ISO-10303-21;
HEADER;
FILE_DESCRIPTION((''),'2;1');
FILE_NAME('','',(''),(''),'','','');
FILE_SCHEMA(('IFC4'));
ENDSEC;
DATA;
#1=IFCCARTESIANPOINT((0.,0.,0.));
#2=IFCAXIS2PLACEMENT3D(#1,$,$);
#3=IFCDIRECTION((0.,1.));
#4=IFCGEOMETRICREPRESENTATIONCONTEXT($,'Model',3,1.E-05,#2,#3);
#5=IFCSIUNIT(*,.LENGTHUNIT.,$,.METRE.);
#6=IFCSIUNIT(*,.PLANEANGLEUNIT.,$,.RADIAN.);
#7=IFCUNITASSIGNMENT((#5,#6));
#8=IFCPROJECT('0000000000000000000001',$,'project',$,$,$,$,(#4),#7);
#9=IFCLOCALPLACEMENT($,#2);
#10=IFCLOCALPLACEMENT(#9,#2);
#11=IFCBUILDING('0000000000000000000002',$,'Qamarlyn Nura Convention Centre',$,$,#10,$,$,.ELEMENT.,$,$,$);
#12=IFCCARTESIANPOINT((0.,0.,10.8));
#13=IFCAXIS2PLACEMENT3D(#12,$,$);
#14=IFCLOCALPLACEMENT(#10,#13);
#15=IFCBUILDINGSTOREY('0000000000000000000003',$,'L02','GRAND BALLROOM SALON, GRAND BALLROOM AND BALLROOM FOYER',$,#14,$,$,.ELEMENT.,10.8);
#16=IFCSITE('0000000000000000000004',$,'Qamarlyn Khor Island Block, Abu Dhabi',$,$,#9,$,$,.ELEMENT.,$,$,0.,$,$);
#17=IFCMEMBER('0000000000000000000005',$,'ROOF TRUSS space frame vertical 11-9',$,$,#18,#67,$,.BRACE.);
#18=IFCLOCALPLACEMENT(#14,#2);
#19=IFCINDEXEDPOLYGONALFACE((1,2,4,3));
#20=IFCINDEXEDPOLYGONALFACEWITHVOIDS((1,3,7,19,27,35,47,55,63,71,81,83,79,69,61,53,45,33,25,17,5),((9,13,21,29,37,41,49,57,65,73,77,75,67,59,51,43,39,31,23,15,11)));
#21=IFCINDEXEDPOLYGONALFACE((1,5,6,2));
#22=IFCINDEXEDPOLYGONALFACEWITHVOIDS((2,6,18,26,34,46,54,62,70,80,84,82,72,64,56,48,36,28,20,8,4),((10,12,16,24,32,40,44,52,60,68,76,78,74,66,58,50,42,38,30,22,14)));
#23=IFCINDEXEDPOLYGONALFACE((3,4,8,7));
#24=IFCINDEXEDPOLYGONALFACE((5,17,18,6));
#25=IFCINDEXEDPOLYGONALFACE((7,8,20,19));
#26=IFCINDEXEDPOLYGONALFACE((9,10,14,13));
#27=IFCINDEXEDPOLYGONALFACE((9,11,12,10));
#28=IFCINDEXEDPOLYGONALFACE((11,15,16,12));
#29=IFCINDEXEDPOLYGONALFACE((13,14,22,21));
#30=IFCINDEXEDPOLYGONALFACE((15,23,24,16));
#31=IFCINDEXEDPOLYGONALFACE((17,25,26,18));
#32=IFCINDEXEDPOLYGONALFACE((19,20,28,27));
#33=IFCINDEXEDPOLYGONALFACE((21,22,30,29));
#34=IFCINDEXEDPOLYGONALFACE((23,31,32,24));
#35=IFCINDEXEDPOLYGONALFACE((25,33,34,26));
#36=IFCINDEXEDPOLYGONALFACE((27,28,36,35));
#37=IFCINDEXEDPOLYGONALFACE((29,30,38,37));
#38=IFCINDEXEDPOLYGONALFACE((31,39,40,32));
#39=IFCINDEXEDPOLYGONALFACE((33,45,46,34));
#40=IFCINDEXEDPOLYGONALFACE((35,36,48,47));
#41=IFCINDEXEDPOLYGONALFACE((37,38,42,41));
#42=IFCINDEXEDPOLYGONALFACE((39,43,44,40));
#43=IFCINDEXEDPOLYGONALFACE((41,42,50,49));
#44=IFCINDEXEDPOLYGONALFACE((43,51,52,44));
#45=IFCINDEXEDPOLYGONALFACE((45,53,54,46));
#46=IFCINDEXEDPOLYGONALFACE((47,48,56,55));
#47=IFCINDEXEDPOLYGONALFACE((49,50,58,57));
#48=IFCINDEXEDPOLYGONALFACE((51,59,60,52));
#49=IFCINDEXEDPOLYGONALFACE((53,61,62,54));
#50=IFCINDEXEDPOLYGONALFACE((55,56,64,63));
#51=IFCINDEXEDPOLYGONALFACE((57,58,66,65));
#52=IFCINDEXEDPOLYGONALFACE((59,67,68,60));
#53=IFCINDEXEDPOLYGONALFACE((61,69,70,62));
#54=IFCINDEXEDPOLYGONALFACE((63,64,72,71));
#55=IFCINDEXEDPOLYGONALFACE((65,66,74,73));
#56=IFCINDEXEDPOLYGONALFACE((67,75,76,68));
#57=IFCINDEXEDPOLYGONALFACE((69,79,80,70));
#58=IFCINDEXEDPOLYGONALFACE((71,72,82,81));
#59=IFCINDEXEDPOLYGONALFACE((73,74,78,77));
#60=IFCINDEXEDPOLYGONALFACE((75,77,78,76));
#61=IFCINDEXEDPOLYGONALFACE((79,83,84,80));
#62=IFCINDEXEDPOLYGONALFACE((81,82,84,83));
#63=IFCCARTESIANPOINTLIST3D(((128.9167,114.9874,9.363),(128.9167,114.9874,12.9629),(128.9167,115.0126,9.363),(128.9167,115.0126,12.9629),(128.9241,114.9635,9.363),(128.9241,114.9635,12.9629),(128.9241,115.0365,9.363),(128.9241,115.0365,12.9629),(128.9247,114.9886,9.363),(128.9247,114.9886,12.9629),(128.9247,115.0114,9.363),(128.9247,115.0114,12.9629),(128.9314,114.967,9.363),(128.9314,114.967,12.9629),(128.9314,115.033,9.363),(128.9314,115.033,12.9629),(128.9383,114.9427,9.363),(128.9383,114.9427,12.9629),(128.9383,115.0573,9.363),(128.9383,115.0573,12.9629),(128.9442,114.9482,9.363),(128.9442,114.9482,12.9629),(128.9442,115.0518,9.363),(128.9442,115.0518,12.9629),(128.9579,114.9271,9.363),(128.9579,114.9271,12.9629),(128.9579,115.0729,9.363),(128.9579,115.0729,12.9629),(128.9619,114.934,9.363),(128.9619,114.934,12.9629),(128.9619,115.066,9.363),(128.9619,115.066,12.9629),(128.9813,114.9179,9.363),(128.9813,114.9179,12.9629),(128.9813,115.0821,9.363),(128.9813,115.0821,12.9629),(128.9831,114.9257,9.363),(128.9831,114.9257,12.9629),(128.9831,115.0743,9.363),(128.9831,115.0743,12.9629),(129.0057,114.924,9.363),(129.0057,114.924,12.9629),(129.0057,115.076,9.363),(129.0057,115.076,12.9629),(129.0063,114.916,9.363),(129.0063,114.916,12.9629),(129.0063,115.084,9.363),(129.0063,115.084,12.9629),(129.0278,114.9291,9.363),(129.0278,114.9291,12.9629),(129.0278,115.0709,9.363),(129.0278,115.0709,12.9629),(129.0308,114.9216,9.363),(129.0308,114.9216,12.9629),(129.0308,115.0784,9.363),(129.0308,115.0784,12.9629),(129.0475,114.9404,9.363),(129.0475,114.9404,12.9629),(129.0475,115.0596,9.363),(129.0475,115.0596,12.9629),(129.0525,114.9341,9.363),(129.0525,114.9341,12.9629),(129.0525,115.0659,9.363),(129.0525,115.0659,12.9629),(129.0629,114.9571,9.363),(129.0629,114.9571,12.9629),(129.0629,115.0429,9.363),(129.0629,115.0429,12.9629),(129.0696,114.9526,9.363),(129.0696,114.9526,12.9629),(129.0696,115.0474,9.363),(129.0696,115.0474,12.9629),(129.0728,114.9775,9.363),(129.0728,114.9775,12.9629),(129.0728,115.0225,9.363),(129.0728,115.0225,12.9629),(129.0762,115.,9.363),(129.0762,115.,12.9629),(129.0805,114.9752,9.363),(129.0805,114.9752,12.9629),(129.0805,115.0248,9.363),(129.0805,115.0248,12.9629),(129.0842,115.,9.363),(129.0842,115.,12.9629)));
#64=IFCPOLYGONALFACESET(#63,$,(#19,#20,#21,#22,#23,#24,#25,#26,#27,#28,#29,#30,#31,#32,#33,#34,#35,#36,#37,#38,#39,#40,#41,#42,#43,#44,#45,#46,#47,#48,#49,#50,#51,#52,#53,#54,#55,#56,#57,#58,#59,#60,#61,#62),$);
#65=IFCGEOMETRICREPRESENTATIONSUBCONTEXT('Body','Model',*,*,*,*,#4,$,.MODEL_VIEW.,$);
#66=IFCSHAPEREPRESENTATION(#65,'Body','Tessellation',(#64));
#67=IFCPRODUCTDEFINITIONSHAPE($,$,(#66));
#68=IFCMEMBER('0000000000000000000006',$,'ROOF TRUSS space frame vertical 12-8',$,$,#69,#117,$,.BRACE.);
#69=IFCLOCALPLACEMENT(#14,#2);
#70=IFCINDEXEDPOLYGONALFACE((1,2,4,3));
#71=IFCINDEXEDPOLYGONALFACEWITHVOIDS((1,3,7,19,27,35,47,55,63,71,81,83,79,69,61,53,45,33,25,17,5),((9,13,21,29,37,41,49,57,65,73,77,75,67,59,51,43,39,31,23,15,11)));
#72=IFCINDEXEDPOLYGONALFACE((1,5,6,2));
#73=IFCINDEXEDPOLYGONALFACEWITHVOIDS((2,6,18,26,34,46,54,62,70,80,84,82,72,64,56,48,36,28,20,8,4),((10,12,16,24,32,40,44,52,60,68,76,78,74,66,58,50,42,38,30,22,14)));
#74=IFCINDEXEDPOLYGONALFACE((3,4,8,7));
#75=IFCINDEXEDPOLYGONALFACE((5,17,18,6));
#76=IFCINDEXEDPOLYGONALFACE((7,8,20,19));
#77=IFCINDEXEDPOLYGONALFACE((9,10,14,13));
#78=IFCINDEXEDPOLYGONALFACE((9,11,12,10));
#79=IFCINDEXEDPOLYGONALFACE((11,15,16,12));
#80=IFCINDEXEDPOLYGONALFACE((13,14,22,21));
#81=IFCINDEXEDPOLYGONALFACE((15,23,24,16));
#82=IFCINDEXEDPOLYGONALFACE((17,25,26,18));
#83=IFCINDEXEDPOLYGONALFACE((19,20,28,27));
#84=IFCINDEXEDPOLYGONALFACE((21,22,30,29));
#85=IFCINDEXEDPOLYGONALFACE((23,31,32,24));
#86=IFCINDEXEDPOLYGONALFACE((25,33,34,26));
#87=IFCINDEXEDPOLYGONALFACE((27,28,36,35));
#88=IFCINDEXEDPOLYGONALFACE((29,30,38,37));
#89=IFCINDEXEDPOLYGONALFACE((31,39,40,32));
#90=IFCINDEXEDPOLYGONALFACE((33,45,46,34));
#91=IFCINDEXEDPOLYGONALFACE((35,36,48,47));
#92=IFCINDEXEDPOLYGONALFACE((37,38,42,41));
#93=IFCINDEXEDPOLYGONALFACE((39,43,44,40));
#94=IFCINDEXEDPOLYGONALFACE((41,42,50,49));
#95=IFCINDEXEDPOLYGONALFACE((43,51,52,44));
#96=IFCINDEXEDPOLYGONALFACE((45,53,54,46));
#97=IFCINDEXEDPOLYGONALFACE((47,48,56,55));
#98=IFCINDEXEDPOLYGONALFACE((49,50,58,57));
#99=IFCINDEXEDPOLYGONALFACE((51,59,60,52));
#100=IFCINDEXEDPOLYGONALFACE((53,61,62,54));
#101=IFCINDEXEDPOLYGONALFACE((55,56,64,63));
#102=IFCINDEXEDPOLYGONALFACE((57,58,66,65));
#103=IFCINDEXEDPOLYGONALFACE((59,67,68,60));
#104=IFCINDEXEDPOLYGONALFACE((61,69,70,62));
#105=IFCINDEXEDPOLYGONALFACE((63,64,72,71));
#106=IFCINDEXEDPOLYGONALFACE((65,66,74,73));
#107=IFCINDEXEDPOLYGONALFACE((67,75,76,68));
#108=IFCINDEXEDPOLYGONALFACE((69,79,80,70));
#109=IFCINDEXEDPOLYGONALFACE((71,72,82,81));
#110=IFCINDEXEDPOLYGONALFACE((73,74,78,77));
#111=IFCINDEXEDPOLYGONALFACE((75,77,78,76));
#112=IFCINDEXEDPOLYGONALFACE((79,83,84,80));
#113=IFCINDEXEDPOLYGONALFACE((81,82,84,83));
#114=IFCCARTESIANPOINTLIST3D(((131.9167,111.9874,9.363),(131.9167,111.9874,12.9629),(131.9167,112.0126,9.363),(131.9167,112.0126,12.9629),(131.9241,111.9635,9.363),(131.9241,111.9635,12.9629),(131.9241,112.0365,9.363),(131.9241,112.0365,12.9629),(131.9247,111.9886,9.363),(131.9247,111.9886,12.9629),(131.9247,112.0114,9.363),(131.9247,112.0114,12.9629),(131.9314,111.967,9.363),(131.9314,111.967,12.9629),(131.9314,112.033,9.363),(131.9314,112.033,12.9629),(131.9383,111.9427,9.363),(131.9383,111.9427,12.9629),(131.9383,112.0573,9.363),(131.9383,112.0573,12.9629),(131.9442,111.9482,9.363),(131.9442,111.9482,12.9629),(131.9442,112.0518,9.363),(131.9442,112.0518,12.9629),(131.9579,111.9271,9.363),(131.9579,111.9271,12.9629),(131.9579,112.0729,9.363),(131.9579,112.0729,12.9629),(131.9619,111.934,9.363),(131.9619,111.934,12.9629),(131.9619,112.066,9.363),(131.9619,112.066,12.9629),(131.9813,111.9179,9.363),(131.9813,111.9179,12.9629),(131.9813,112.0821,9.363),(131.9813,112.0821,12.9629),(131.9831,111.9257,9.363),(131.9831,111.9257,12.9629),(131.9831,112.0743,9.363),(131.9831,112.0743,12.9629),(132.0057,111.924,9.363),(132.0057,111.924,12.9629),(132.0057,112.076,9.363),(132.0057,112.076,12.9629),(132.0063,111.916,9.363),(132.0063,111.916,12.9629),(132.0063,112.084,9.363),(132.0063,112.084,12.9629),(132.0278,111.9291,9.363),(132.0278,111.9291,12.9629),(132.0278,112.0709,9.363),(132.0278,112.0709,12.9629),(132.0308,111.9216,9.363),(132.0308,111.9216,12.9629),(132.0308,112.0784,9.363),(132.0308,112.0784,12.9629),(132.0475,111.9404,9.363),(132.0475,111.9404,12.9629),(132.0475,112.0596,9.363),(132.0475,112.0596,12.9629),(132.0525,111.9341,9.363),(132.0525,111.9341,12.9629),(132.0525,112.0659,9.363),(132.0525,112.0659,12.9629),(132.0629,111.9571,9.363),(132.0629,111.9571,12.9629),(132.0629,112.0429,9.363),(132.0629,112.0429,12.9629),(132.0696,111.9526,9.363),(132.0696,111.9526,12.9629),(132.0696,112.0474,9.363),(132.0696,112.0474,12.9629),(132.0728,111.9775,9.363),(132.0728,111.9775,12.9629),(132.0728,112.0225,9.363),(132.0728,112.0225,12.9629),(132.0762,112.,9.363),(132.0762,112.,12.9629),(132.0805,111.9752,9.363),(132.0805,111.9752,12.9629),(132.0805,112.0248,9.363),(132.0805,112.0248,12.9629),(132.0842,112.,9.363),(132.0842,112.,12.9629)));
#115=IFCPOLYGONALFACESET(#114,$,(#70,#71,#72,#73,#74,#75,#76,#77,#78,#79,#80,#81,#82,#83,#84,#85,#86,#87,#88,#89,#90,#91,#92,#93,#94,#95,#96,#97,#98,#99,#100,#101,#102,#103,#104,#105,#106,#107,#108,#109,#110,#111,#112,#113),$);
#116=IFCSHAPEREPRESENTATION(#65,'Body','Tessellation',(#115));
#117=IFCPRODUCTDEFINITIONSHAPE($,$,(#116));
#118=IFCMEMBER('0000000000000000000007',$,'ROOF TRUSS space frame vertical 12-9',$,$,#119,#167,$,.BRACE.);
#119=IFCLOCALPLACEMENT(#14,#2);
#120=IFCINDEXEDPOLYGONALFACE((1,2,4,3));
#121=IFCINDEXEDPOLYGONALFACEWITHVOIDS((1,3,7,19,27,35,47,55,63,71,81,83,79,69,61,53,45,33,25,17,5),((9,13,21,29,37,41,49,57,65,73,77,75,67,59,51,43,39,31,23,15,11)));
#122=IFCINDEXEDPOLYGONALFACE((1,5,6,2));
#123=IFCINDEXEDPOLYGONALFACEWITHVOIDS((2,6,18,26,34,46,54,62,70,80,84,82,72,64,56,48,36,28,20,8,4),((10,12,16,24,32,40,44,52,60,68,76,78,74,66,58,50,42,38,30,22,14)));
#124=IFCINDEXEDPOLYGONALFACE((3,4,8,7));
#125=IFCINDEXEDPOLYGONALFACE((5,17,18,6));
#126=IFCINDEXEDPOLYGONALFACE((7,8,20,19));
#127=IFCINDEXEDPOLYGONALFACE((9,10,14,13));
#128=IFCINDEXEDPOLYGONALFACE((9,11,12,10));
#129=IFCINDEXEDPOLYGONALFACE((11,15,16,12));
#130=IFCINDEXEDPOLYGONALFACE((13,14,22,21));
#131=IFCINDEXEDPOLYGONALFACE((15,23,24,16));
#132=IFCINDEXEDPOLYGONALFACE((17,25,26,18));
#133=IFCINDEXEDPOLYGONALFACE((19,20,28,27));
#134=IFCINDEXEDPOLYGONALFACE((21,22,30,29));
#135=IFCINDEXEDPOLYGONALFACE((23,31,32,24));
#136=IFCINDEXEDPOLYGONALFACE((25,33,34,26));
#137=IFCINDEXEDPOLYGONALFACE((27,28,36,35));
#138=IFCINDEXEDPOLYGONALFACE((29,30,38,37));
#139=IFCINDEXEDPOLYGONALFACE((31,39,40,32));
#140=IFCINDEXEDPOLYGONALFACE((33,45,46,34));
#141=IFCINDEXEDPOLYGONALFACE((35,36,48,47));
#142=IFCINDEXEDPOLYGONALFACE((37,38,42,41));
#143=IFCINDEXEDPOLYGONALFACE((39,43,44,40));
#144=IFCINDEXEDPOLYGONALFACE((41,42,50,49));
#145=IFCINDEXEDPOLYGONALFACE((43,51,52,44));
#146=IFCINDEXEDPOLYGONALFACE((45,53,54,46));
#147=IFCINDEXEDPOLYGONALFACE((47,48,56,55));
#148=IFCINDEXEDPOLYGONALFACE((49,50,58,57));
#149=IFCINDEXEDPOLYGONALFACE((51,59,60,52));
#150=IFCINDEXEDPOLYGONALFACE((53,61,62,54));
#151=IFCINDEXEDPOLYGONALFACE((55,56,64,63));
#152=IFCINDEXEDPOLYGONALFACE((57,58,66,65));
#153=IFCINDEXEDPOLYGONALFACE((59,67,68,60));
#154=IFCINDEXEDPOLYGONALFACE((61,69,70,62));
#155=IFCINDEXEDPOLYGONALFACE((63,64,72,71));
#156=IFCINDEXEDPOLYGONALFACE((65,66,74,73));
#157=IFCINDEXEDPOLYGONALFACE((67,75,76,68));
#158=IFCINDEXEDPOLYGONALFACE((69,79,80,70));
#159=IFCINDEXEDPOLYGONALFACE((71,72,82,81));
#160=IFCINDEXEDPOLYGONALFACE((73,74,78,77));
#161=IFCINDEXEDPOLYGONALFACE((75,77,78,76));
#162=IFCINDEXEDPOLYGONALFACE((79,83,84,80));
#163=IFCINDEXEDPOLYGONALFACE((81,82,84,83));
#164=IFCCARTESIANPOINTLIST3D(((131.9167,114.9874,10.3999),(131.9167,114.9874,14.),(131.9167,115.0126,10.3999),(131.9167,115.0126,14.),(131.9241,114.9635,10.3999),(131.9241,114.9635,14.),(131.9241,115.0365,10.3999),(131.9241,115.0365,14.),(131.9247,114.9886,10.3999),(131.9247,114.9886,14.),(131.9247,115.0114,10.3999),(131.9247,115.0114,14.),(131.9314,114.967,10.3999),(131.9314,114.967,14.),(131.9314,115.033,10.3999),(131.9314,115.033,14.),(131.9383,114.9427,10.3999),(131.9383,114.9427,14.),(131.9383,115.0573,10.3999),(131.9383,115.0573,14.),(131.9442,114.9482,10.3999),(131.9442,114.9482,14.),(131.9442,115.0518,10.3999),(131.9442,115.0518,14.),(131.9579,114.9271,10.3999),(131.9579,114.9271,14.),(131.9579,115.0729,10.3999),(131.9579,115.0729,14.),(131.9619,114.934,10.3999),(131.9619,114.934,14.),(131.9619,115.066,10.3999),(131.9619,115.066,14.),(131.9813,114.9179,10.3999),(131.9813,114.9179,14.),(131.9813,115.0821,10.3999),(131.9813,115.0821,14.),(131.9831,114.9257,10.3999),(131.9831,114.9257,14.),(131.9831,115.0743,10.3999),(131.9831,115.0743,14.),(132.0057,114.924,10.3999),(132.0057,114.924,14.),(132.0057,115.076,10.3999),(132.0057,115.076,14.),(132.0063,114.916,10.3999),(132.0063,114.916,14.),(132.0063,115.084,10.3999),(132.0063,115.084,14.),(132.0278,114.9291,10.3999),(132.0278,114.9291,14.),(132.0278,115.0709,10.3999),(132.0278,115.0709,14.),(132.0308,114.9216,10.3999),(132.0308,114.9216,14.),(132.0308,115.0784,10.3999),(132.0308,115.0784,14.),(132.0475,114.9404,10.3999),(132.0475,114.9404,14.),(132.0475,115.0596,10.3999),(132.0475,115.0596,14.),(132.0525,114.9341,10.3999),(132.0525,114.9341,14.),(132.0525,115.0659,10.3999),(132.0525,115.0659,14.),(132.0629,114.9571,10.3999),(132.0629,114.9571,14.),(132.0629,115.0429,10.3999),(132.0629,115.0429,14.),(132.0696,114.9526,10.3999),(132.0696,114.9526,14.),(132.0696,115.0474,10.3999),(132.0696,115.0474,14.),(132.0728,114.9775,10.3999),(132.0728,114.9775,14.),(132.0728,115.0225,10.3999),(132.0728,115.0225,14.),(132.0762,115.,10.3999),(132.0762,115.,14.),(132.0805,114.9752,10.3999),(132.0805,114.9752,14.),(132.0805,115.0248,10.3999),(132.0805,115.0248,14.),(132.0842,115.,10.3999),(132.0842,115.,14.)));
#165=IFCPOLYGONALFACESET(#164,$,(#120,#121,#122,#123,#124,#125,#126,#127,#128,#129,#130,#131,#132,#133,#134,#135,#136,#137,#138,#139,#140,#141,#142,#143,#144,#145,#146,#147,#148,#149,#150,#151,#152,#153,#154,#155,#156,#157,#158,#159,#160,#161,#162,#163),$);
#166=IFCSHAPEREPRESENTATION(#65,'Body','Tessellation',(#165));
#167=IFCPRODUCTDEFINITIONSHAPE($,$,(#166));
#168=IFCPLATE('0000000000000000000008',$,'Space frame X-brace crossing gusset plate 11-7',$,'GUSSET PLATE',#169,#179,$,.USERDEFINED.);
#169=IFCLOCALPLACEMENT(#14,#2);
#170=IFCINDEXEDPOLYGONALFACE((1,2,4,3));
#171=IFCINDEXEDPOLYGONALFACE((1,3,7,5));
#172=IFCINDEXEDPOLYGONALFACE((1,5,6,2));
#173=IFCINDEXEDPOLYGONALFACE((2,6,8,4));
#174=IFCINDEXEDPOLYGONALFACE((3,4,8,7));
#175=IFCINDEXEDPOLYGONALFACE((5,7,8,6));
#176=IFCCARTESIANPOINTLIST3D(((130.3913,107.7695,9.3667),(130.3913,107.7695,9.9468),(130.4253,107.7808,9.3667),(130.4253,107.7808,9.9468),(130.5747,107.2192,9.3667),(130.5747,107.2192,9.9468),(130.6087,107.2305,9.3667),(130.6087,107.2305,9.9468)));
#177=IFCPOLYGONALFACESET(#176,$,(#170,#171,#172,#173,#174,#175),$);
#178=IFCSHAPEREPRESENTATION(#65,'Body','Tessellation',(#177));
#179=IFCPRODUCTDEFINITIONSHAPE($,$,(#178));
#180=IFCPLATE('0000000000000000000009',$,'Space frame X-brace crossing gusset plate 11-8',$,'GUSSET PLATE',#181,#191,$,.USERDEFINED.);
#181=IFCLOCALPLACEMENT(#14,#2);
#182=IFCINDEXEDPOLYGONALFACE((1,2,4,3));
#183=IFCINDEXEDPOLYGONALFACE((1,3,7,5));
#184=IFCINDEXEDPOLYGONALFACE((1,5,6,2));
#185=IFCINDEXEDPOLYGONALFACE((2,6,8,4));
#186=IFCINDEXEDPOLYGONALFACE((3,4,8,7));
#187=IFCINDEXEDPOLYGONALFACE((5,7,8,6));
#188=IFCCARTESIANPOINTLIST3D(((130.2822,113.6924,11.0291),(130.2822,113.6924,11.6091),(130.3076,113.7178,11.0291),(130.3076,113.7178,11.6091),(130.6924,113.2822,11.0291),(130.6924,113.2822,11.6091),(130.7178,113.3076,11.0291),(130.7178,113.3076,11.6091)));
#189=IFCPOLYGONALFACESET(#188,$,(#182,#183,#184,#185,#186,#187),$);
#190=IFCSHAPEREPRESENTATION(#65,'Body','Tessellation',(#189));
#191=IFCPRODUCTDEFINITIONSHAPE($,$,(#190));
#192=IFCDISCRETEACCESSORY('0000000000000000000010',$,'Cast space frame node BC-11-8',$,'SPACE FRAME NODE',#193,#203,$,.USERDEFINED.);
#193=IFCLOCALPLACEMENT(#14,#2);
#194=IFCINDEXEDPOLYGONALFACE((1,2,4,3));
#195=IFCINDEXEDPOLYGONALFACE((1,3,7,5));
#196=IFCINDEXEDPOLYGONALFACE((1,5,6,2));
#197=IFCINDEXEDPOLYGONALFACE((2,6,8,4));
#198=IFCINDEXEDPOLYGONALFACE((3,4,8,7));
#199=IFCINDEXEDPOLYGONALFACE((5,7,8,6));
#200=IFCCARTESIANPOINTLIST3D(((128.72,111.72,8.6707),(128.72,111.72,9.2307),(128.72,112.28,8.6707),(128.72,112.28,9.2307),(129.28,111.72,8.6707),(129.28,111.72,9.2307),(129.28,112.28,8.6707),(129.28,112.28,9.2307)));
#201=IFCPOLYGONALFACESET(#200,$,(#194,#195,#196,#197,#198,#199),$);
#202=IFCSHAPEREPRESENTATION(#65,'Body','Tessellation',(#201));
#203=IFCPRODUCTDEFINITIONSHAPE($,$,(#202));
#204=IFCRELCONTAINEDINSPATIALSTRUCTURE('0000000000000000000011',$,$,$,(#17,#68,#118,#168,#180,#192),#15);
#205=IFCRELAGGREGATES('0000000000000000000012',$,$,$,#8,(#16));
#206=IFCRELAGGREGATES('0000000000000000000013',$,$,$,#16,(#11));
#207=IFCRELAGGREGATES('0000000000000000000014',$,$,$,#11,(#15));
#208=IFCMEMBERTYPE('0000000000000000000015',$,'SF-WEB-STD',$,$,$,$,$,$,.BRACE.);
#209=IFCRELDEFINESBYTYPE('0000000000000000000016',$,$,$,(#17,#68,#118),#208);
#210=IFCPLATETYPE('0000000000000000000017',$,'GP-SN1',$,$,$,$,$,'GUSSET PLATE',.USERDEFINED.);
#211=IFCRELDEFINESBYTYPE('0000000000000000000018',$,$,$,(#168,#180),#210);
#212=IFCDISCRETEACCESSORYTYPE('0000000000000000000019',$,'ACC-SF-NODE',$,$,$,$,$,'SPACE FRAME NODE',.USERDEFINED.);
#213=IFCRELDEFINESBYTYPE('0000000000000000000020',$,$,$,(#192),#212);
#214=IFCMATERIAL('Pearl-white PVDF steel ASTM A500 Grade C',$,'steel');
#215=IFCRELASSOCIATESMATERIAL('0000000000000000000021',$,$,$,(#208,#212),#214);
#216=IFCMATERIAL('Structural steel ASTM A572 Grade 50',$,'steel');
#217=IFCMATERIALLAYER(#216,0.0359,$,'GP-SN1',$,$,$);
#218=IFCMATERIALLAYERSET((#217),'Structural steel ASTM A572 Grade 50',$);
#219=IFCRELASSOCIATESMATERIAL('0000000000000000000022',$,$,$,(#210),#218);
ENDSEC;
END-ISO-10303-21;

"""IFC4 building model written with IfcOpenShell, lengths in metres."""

from ifc_helpers import new_model, si_unit, direction, frame, origin, origin_2d, place, context, subcontext, project, spatial, rectangle, hollow_circle, extrude, material, layer, layer_set, material_profile, profile_set, type_object, element, save


model = new_model("IFC4")

# Units and contexts
model_context = context("Model", 3, precision=1e-05, world=origin(), true_north=direction((0.0, 1.0)))
body_context = subcontext(model_context, "Body", "Model", "MODEL_VIEW")
ifc_project = project(units=[si_unit("LENGTHUNIT", "METRE"), si_unit("PLANEANGLEUNIT", "RADIAN")], contexts=[model_context])

# Site, building, storey
site_placement = place(None, origin())
site = spatial("IfcSite", under=ifc_project, at=site_placement, Name="Qamarlyn Khor Island Block, Abu Dhabi", CompositionType="ELEMENT", RefElevation=0.0)
building_placement = place(site_placement, origin())
building = spatial("IfcBuilding", under=site, at=building_placement, Name="Qamarlyn Nura Convention Centre", CompositionType="ELEMENT")
storey_placement = place(building_placement, frame((0.0, 0.0, 10.8)))
storey = spatial("IfcBuildingStorey", under=building, at=storey_placement, Name="L02", Description="GRAND BALLROOM SALON, GRAND BALLROOM AND BALLROOM FOYER", CompositionType="ELEMENT", Elevation=10.8)

# Members
ifc_material_1 = material(Name="Pearl-white PVDF steel ASTM A500 Grade C", Category="steel")
ifc_material_profile_1 = material_profile(ifc_material_1, hollow_circle(Radius=0.0842, WallThickness=0.0081, at=origin_2d()), Name="CHS168.3X8")
ifc_profile_set_1 = profile_set([ifc_material_profile_1], Name="Pearl-white PVDF steel ASTM A500 Grade C")
member_type_1 = type_object("IfcMemberType", Name="SF-WEB-STD", PredefinedType="BRACE", material=ifc_profile_set_1)
for number, where, z_axis, x_axis, name in (
    (1, (129.0, 115.0, 9.363), (0.0, 0.0, 1.0), (1.0, 0.0, 0.0), "ROOF TRUSS space frame vertical 11-9"),
    (2, (132.0, 112.0, 9.363), (0.0, 0.0, 1.0), (1.0, 0.0, 0.0), "ROOF TRUSS space frame vertical 12-8"),
):
    element("IfcMember", number, at=place(storey_placement, frame(where, z_axis=z_axis, x_axis=x_axis)), inside=storey, type_object=member_type_1, Name=name, PredefinedType="BRACE", context=body_context, shape_type="SweptSolid", body=[
        extrude(hollow_circle(Radius=0.0842, WallThickness=0.0081, at=origin_2d()), origin(), (0.0, 0.0, 1.0), 3.5999),
    ])
member_1_placement = place(storey_placement, frame((132.0, 115.0, 10.3999), z_axis=(0.0, 0.0, 1.0), x_axis=(1.0, 0.0, 0.0)))
element("IfcMember", 3, at=member_1_placement, inside=storey, type_object=member_type_1, Name="ROOF TRUSS space frame vertical 12-9", PredefinedType="BRACE", context=body_context, shape_type="SweptSolid", body=[
    extrude(hollow_circle(Radius=0.0842, WallThickness=0.0081, at=origin_2d()), origin(), (0.0, 0.0, 1.0), 3.6001),
])

# Plates
ifc_material_2 = material(Name="Structural steel ASTM A572 Grade 50", Category="steel")
ifc_layer = layer(ifc_material_2, 0.0359, Name="GP-SN1")
ifc_layer_set = layer_set([ifc_layer], Name="Structural steel ASTM A572 Grade 50")
plate_type = type_object("IfcPlateType", Name="GP-SN1", ElementType="GUSSET PLATE", PredefinedType="USERDEFINED", material=ifc_layer_set)
for number, where, z_axis, x_axis, name in (
    (4, (130.5, 107.5, 9.3667), (0.0, 0.0, 1.0), (-0.316227, 0.948684, 0.0), "Space frame X-brace crossing gusset plate 11-7"),
    (5, (130.5, 113.5, 11.0291), (0.0, 0.0, 1.0), (-0.707107, 0.707107, 0.0), "Space frame X-brace crossing gusset plate 11-8"),
):
    element("IfcPlate", number, at=place(storey_placement, frame(where, z_axis=z_axis, x_axis=x_axis)), inside=storey, type_object=plate_type, Name=name, ObjectType="GUSSET PLATE", PredefinedType="USERDEFINED", context=body_context, shape_type="SweptSolid", body=[
        extrude(rectangle(XDim=0.5801, YDim=0.0359, at=origin_2d()), origin(), (0.0, 0.0, 1.0), 0.5801),
    ])

# Discrete accessory
discrete_accessory_type = type_object("IfcDiscreteAccessoryType", Name="ACC-SF-NODE", ElementType="SPACE FRAME NODE", PredefinedType="USERDEFINED", material=ifc_material_1)
for number, where, z_axis, x_axis, name in (
    (6, (129.0, 112.0, 8.6707), (0.0, 0.0, 1.0), (1.0, 0.0, 0.0), "Cast space frame node BC-11-8"),
):
    element("IfcDiscreteAccessory", number, at=place(storey_placement, frame(where, z_axis=z_axis, x_axis=x_axis)), inside=storey, type_object=discrete_accessory_type, Name=name, ObjectType="SPACE FRAME NODE", PredefinedType="USERDEFINED", context=body_context, shape_type="SweptSolid", body=[
        extrude(rectangle(XDim=0.5601, YDim=0.5601, at=origin_2d()), origin(), (0.0, 0.0, 1.0), 0.5601),
    ])

save(model, "model.ifc")
